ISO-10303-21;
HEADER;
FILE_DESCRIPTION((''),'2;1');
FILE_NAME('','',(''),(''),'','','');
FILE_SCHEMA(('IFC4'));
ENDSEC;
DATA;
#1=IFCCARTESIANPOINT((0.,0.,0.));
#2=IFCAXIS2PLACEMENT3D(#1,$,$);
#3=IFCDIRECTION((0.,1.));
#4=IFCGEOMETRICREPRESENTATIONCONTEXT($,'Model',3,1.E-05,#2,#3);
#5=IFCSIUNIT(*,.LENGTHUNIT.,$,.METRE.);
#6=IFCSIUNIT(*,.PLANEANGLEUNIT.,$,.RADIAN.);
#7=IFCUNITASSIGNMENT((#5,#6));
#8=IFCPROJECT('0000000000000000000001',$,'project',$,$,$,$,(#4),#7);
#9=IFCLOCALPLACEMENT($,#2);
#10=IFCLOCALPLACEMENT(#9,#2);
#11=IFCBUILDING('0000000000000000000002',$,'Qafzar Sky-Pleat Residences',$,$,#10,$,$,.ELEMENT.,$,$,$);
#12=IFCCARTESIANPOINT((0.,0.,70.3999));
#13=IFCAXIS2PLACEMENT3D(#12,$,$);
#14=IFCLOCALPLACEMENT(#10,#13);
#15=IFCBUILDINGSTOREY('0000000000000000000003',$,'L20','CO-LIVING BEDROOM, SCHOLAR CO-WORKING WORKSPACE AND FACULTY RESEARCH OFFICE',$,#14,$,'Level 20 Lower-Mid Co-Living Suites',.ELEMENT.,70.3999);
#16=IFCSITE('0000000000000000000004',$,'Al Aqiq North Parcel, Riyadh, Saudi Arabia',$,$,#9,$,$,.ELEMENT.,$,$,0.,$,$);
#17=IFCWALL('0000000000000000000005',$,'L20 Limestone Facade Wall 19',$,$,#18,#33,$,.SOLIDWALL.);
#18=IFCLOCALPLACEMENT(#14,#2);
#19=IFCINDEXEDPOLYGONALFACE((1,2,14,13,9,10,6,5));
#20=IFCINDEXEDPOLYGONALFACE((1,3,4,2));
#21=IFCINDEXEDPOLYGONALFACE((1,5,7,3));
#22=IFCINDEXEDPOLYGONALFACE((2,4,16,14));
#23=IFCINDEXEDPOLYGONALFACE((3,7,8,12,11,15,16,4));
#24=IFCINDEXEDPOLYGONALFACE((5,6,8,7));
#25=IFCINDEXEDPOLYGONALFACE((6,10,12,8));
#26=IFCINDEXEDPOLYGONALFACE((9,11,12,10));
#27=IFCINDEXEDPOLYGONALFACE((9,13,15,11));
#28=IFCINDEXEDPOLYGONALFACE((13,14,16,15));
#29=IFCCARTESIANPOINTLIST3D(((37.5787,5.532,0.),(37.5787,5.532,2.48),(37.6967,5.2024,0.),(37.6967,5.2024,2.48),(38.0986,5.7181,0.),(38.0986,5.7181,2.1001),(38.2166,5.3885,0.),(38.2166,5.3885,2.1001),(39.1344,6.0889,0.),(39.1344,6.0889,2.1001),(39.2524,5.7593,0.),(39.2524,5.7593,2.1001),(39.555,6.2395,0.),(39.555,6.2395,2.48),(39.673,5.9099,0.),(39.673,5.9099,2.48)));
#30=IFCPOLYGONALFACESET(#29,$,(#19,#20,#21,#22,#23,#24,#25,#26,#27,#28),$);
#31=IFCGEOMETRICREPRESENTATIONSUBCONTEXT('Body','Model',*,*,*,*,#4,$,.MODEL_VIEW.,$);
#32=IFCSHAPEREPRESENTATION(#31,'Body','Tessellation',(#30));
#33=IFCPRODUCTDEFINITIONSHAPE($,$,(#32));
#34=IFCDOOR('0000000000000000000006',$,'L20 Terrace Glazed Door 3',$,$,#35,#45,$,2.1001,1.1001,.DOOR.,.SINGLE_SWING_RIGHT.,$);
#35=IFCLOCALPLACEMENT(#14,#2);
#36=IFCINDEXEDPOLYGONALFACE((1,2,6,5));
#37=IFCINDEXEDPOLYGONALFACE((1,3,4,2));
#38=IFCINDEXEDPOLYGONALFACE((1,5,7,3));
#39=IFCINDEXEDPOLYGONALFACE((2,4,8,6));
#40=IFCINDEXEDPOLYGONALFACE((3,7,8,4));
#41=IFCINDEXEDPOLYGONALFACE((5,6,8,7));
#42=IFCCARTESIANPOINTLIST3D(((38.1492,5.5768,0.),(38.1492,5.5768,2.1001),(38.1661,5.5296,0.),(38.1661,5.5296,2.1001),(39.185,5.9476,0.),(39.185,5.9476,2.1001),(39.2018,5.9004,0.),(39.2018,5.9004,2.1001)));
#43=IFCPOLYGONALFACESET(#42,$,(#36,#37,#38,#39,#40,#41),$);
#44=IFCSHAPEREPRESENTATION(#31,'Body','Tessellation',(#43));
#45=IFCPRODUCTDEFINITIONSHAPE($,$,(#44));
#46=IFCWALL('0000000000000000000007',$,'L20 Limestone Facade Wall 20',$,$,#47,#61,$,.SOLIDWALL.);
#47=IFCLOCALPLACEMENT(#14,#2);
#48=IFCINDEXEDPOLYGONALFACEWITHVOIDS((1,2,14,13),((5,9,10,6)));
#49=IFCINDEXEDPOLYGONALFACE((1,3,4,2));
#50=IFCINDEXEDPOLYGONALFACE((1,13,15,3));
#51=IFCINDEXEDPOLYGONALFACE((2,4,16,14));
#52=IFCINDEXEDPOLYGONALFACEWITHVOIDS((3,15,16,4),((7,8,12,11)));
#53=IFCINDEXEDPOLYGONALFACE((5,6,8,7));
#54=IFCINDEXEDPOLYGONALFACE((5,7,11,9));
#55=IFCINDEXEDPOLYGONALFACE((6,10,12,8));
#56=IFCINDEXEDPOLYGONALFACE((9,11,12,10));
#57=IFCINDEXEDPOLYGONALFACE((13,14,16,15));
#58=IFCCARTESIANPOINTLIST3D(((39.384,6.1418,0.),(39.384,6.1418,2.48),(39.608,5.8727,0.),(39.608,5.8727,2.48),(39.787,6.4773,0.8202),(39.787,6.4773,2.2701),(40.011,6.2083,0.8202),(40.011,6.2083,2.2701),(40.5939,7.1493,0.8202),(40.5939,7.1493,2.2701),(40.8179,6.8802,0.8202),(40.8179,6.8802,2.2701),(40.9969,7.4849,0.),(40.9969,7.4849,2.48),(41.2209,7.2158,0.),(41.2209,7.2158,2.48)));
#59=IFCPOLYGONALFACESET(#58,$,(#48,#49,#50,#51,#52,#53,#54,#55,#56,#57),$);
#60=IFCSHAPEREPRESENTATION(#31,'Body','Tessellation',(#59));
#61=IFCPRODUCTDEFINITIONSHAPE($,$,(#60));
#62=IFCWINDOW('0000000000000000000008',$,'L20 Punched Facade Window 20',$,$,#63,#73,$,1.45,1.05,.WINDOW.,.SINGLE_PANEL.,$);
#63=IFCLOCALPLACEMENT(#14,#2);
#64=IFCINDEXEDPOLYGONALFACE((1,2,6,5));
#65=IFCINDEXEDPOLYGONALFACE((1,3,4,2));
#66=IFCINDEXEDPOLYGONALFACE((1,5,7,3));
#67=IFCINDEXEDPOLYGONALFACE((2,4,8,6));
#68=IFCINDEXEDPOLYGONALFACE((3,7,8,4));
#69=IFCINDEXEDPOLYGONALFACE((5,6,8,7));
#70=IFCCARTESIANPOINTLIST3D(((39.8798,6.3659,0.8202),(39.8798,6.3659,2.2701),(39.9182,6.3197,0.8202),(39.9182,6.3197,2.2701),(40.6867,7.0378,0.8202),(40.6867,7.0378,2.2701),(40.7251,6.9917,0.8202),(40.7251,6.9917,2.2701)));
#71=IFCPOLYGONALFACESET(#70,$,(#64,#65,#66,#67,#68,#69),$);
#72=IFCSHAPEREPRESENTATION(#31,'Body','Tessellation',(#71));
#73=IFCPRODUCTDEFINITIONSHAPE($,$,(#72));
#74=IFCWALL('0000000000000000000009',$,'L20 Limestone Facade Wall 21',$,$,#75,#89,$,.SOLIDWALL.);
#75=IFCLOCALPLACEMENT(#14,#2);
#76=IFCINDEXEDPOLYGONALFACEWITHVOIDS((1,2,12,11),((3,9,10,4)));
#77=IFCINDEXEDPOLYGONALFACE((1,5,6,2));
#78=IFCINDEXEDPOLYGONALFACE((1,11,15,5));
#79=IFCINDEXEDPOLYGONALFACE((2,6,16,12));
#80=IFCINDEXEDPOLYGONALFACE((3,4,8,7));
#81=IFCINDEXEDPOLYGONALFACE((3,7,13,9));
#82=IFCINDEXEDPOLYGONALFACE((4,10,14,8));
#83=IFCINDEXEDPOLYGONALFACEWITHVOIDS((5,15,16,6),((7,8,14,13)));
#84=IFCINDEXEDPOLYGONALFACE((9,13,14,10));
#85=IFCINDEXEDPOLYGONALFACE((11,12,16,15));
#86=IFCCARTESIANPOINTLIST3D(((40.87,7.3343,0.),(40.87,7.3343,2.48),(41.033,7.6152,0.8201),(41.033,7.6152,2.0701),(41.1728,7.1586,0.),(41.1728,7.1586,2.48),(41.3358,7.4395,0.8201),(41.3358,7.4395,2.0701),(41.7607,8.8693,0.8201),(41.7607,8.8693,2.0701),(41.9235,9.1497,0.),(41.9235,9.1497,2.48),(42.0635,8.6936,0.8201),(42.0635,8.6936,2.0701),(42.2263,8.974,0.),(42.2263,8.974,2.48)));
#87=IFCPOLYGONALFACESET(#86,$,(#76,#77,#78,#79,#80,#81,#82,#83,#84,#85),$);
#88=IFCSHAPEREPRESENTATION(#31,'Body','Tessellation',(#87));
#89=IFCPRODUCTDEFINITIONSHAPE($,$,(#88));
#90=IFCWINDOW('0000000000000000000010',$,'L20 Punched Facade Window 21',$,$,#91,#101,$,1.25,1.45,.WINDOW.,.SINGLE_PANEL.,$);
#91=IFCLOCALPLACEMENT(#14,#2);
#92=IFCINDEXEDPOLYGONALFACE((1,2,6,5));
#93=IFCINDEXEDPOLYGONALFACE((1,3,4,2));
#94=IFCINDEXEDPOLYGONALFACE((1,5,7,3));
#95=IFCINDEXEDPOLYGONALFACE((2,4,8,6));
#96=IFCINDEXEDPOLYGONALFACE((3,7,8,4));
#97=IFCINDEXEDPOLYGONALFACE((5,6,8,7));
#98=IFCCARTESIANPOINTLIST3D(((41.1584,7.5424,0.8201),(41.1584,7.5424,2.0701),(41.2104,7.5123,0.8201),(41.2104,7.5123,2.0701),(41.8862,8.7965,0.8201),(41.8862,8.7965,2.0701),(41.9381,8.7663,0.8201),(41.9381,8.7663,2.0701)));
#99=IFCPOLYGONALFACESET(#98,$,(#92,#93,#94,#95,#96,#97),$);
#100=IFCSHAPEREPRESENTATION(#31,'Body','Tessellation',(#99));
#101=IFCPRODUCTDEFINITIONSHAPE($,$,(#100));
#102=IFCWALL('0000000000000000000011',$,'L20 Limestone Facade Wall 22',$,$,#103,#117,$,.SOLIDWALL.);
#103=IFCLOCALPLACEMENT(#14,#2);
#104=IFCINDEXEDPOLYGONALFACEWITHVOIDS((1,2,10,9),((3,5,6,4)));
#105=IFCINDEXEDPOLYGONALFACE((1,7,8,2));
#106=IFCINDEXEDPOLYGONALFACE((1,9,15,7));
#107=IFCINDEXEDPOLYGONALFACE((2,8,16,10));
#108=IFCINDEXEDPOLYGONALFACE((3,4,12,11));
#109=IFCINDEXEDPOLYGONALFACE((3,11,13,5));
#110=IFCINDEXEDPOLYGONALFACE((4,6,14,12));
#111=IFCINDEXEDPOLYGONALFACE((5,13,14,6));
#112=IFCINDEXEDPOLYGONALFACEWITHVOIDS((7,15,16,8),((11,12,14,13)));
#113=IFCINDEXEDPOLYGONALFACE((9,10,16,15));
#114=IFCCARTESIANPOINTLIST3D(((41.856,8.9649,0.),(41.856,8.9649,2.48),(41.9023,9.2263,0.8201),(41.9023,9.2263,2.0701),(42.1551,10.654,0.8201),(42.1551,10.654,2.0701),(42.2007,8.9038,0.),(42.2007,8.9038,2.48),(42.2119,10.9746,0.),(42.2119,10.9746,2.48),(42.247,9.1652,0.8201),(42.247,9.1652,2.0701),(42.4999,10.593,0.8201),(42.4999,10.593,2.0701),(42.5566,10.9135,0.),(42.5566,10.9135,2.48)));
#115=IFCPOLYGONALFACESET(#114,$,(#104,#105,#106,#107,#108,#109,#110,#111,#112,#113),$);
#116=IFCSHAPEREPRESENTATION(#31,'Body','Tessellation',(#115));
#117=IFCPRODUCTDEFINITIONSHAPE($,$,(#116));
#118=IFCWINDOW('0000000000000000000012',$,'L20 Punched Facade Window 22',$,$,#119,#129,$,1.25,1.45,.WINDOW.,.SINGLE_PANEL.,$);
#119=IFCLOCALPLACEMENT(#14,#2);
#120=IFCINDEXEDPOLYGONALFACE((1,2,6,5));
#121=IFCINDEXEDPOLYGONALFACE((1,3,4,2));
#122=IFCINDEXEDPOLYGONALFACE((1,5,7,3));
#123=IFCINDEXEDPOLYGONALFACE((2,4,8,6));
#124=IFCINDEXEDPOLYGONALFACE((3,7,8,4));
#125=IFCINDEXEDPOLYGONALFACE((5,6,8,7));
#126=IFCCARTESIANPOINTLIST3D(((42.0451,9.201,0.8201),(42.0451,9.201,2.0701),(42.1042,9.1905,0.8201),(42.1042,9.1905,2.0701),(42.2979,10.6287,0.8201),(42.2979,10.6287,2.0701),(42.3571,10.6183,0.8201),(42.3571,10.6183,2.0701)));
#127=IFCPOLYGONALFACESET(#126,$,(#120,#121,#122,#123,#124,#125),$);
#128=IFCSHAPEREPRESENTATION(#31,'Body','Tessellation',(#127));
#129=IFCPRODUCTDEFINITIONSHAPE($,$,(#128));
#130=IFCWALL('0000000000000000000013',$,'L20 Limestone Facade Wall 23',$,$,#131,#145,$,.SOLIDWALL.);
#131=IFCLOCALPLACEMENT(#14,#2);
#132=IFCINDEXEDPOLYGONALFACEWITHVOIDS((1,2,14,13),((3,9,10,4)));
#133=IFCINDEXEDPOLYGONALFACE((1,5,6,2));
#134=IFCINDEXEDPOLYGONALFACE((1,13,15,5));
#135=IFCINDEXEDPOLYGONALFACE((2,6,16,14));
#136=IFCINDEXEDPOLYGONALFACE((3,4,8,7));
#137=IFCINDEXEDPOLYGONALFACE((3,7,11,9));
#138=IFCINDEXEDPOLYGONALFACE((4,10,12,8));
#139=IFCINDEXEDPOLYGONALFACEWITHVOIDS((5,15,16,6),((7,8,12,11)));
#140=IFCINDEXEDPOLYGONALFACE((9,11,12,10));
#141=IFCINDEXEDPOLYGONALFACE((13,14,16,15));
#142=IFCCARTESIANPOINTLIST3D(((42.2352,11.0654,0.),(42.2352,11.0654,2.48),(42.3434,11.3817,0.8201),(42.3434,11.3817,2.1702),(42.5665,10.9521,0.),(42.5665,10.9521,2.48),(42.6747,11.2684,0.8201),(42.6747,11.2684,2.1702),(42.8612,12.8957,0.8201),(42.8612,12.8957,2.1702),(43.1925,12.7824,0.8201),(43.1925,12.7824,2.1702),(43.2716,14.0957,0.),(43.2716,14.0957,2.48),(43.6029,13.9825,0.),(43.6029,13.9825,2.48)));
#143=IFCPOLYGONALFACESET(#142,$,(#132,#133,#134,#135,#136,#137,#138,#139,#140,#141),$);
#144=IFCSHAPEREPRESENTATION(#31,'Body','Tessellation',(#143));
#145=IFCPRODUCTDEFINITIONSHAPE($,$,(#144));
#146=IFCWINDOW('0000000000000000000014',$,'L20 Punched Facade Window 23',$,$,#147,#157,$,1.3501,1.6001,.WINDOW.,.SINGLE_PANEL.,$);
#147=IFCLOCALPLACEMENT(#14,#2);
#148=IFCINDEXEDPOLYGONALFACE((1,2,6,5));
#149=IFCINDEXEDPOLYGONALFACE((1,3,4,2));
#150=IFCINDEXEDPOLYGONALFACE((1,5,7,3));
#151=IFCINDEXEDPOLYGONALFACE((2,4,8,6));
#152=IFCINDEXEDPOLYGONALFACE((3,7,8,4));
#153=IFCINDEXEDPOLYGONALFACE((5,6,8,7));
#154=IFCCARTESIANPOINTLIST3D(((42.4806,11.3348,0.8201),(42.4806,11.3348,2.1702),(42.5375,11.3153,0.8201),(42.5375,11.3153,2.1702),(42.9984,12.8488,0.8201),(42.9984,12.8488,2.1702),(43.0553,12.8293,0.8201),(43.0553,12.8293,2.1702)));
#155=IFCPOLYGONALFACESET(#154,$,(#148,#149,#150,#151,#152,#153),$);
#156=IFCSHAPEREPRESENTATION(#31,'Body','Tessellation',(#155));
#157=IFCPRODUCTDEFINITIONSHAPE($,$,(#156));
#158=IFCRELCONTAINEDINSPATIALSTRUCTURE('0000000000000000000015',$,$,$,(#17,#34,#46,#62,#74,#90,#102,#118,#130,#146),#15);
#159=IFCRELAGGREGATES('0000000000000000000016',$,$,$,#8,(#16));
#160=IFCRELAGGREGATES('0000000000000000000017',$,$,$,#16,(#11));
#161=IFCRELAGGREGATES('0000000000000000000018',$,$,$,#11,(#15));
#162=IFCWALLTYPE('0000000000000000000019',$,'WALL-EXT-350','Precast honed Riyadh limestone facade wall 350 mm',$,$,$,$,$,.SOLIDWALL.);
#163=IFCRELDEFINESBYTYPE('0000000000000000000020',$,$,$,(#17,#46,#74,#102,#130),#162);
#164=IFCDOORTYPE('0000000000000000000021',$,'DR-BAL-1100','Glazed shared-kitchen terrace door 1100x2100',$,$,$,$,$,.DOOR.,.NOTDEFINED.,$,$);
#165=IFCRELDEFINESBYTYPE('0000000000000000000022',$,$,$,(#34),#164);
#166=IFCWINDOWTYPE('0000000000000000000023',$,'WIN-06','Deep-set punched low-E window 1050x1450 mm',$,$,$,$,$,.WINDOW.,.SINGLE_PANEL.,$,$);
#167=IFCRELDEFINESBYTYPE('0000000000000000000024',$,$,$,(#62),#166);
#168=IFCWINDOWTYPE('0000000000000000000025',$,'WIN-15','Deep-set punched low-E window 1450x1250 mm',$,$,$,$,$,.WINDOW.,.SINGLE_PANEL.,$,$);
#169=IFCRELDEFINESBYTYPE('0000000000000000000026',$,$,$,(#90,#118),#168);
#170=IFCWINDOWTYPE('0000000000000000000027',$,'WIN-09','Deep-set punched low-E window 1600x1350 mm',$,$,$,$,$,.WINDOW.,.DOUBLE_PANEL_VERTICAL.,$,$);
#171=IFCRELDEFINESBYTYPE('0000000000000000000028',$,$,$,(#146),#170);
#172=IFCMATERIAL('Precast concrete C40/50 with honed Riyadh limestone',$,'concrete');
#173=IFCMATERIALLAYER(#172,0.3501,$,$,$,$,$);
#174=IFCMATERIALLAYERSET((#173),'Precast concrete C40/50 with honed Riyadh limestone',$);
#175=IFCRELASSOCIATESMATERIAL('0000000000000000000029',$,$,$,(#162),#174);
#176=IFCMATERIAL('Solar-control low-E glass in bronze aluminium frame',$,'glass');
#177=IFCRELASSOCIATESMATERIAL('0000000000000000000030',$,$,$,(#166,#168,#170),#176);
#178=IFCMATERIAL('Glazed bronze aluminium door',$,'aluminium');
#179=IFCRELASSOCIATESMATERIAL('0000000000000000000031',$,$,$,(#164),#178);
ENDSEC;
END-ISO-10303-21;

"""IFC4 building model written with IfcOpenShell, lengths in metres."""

from ifc_helpers import new_model, si_unit, direction, frame, frame_2d, origin, place, context, subcontext, project, spatial, rectangle, extrude, source, transform, mapped, material, layer, layer_set, type_object, element, fill, save


model = new_model("IFC4")

# Units and contexts
model_context = context("Model", 3, precision=1e-05, world=origin(), true_north=direction((0.0, 1.0)))
body_context = subcontext(model_context, "Body", "Model", "MODEL_VIEW")
ifc_project = project(units=[si_unit("LENGTHUNIT", "METRE"), si_unit("PLANEANGLEUNIT", "RADIAN")], contexts=[model_context])

# Site, building, storey
site_placement = place(None, origin())
site = spatial("IfcSite", under=ifc_project, at=site_placement, Name="Al Aqiq North Parcel, Riyadh, Saudi Arabia", CompositionType="ELEMENT", RefElevation=0.0)
building_placement = place(site_placement, origin())
building = spatial("IfcBuilding", under=site, at=building_placement, Name="Qafzar Sky-Pleat Residences", CompositionType="ELEMENT")
storey_placement = place(building_placement, frame((0.0, 0.0, 70.3999)))
storey = spatial("IfcBuildingStorey", under=building, at=storey_placement, Name="L20", Description="CO-LIVING BEDROOM, SCHOLAR CO-WORKING WORKSPACE AND FACULTY RESEARCH OFFICE", LongName="Level 20 Lower-Mid Co-Living Suites", CompositionType="ELEMENT", Elevation=70.3999)

# Shared definitions
ifc_material_1 = material(Name="Precast concrete C40/50 with honed Riyadh limestone", Category="concrete")
ifc_layer_1 = layer(ifc_material_1, 0.3501)
ifc_layer_set_1 = layer_set([ifc_layer_1], Name="Precast concrete C40/50 with honed Riyadh limestone")
wall_type_1 = type_object("IfcWallType", Name="WALL-EXT-350", Description="Precast honed Riyadh limestone facade wall 350 mm", PredefinedType="SOLIDWALL", material=ifc_layer_set_1)
ifc_material_2 = material(Name="Solar-control low-E glass in bronze aluminium frame", Category="glass")
window_type_1 = type_object("IfcWindowType", Name="WIN-06", Description="Deep-set punched low-E window 1050x1450 mm", PartitioningType="SINGLE_PANEL", PredefinedType="WINDOW", material=ifc_material_2)
shared_shape_1 = source(origin(), body_context, "Body", "SweptSolid", [
    extrude(rectangle(XDim=1.05, YDim=1.45, at=frame_2d((0.5249, 0.7251))), frame((0.0, 0.03, 0.0), z_axis=(0.0, -1.0, 0.0), x_axis=(1.0, 0.0, 0.0)), (0.0, 0.0, 1.0), 0.0601),
])

# Wall, opening, door
wall_1_placement = place(storey_placement, frame((37.6377, 5.3672, 0.0), z_axis=(0.0, 0.0, 1.0), x_axis=(0.941486, 0.337051, 0.0)))
wall_1 = element("IfcWall", 1, at=wall_1_placement, inside=storey, type_object=wall_type_1, Name="L20 Limestone Facade Wall 19", PredefinedType="SOLIDWALL", context=body_context, shape_type="SweptSolid", body=[
    extrude(rectangle(XDim=2.0991, YDim=0.3501, at=frame_2d((1.0496, 0.0))), origin(), (0.0, 0.0, 1.0), 2.48),
])
opening_1_placement = place(wall_1_placement, frame((0.5522, 0.0, 0.0)))
opening_1 = element("IfcOpeningElement", 2, at=opening_1_placement, cuts=wall_1, PredefinedType="OPENING", context=body_context, shape_type="SweptSolid", body=[
    extrude(rectangle(XDim=1.1001, YDim=2.1001, at=frame_2d((0.55, 1.05))), frame((0.0, 0.1851, 0.0), z_axis=(0.0, -1.0, 0.0), x_axis=(1.0, 0.0, 0.0)), (0.0, 0.0, 1.0), 0.3701),
])
ifc_material_3 = material(Name="Glazed bronze aluminium door", Category="aluminium")
door_type_1 = type_object("IfcDoorType", Name="DR-BAL-1100", Description="Glazed shared-kitchen terrace door 1100x2100", OperationType="NOTDEFINED", PredefinedType="DOOR", material=ifc_material_3)
shared_shape_2 = source(origin(), body_context, "Body", "SweptSolid", [
    extrude(rectangle(XDim=1.1001, YDim=2.1001, at=frame_2d((0.55, 1.05))), frame((0.0, 0.0249, 0.0), z_axis=(0.0, -1.0, 0.0), x_axis=(1.0, 0.0, 0.0)), (0.0, 0.0, 1.0), 0.05),
])
door_1_placement = place(opening_1_placement, origin())
door_1 = element("IfcDoor", 3, at=door_1_placement, inside=storey, type_object=door_type_1, Name="L20 Terrace Glazed Door 3", OperationType="SINGLE_SWING_RIGHT", OverallHeight=2.1001, OverallWidth=1.1001, PredefinedType="DOOR", context=body_context, shape_type="MappedRepresentation", body=[
    mapped(shared_shape_2, transform((0.0, 0.0, 0.0), x_axis=(1.0, 0.0, 0.0), y_axis=(0.0, 1.0, 0.0), z_axis=(0.0, 0.0, 1.0), scale=1.0)),
])
fill(opening_1, door_1)

# Walls, openings, windows
wall_2_placement = place(storey_placement, frame((39.4961, 6.0073, 0.0), z_axis=(0.0, 0.0, 1.0), x_axis=(0.76845, 0.63991, 0.0)))
wall_2 = element("IfcWall", 4, at=wall_2_placement, inside=storey, type_object=wall_type_1, Name="L20 Limestone Facade Wall 20", PredefinedType="SOLIDWALL", context=body_context, shape_type="SweptSolid", body=[
    extrude(rectangle(XDim=2.0989, YDim=0.3501, at=frame_2d((1.0493, 0.0))), origin(), (0.0, 0.0, 1.0), 2.48),
])
opening_2_placement = place(wall_2_placement, frame((0.5244, 0.0, 0.8201)))
opening_2 = element("IfcOpeningElement", 5, at=opening_2_placement, cuts=wall_2, PredefinedType="OPENING", context=body_context, shape_type="SweptSolid", body=[
    extrude(rectangle(XDim=1.05, YDim=1.45, at=frame_2d((0.5249, 0.7251))), frame((0.0, 0.1851, 0.0), z_axis=(0.0, -1.0, 0.0), x_axis=(1.0, 0.0, 0.0)), (0.0, 0.0, 1.0), 0.3701),
])
window_1_placement = place(opening_2_placement, origin())
window_1 = element("IfcWindow", 6, at=window_1_placement, inside=storey, type_object=window_type_1, Name="L20 Punched Facade Window 20", OverallHeight=1.45, OverallWidth=1.05, PartitioningType="SINGLE_PANEL", PredefinedType="WINDOW", context=body_context, shape_type="MappedRepresentation", body=[
    mapped(shared_shape_1, transform((0.0, 0.0, 0.0), x_axis=(1.0, 0.0, 0.0), y_axis=(0.0, 1.0, 0.0), z_axis=(0.0, 0.0, 1.0), scale=1.0)),
])
fill(opening_2, window_1)
wall_3_placement = place(storey_placement, frame((41.0215, 7.2466, 0.0), z_axis=(0.0, 0.0, 1.0), x_axis=(0.501903, 0.864924, 0.0)))
wall_3 = element("IfcWall", 7, at=wall_3_placement, inside=storey, type_object=wall_type_1, Name="L20 Limestone Facade Wall 21", PredefinedType="SOLIDWALL", context=body_context, shape_type="SweptSolid", body=[
    extrude(rectangle(XDim=2.0989, YDim=0.3501, at=frame_2d((1.0493, 0.0))), origin(), (0.0, 0.0, 1.0), 2.48),
])
opening_3_placement = place(wall_3_placement, frame((0.3245, 0.0, 0.8201)))
opening_3 = element("IfcOpeningElement", 8, at=opening_3_placement, cuts=wall_3, PredefinedType="OPENING", context=body_context, shape_type="SweptSolid", body=[
    extrude(rectangle(XDim=1.45, YDim=1.25, at=frame_2d((0.7251, 0.625))), frame((0.0, 0.1851, 0.0), z_axis=(0.0, -1.0, 0.0), x_axis=(1.0, 0.0, 0.0)), (0.0, 0.0, 1.0), 0.3701),
])
window_type_2 = type_object("IfcWindowType", Name="WIN-15", Description="Deep-set punched low-E window 1450x1250 mm", PartitioningType="SINGLE_PANEL", PredefinedType="WINDOW", material=ifc_material_2)
shared_shape_3 = source(origin(), body_context, "Body", "SweptSolid", [
    extrude(rectangle(XDim=1.45, YDim=1.25, at=frame_2d((0.7251, 0.625))), frame((0.0, 0.03, 0.0), z_axis=(0.0, -1.0, 0.0), x_axis=(1.0, 0.0, 0.0)), (0.0, 0.0, 1.0), 0.0601),
])
window_2_placement = place(opening_3_placement, origin())
window_2 = element("IfcWindow", 9, at=window_2_placement, inside=storey, type_object=window_type_2, Name="L20 Punched Facade Window 21", OverallHeight=1.25, OverallWidth=1.45, PartitioningType="SINGLE_PANEL", PredefinedType="WINDOW", context=body_context, shape_type="MappedRepresentation", body=[
    mapped(shared_shape_3, transform((0.0, 0.0, 0.0), x_axis=(1.0, 0.0, 0.0), y_axis=(0.0, 1.0, 0.0), z_axis=(0.0, 0.0, 1.0), scale=1.0)),
])
fill(opening_3, window_2)
wall_4_placement = place(storey_placement, frame((42.0283, 8.9343, 0.0), z_axis=(0.0, 0.0, 1.0), x_axis=(0.174399, 0.984675, 0.0)))
wall_4 = element("IfcWall", 10, at=wall_4_placement, inside=storey, type_object=wall_type_1, Name="L20 Limestone Facade Wall 22", PredefinedType="SOLIDWALL", context=body_context, shape_type="SweptSolid", body=[
    extrude(rectangle(XDim=2.041, YDim=0.3501, at=frame_2d((1.0205, 0.0))), origin(), (0.0, 0.0, 1.0), 2.48),
])
opening_4_placement = place(wall_4_placement, frame((0.2654, 0.0, 0.8201)))
opening_4 = element("IfcOpeningElement", 11, at=opening_4_placement, cuts=wall_4, PredefinedType="OPENING", context=body_context, shape_type="SweptSolid", body=[
    extrude(rectangle(XDim=1.45, YDim=1.25, at=frame_2d((0.7251, 0.625))), frame((0.0, 0.1851, 0.0), z_axis=(0.0, -1.0, 0.0), x_axis=(1.0, 0.0, 0.0)), (0.0, 0.0, 1.0), 0.3701),
])
window_3_placement = place(opening_4_placement, origin())
window_3 = element("IfcWindow", 12, at=window_3_placement, inside=storey, type_object=window_type_2, Name="L20 Punched Facade Window 22", OverallHeight=1.25, OverallWidth=1.45, PartitioningType="SINGLE_PANEL", PredefinedType="WINDOW", context=body_context, shape_type="MappedRepresentation", body=[
    mapped(shared_shape_3, transform((0.0, 0.0, 0.0), x_axis=(1.0, 0.0, 0.0), y_axis=(0.0, 1.0, 0.0), z_axis=(0.0, 0.0, 1.0), scale=1.0)),
])
fill(opening_4, window_3)
wall_5_placement = place(storey_placement, frame((42.4009, 11.0088, 0.0), z_axis=(0.0, 0.0, 1.0), x_axis=(0.323605, 0.946192, 0.0)))
wall_5 = element("IfcWall", 13, at=wall_5_placement, inside=storey, type_object=wall_type_1, Name="L20 Limestone Facade Wall 23", PredefinedType="SOLIDWALL", context=body_context, shape_type="SweptSolid", body=[
    extrude(rectangle(XDim=3.2026, YDim=0.3501, at=frame_2d((1.6013, 0.0))), origin(), (0.0, 0.0, 1.0), 2.48),
])
opening_5_placement = place(wall_5_placement, frame((0.3342, 0.0, 0.8201)))
opening_5 = element("IfcOpeningElement", 14, at=opening_5_placement, cuts=wall_5, PredefinedType="OPENING", context=body_context, shape_type="SweptSolid", body=[
    extrude(rectangle(XDim=1.6001, YDim=1.3501, at=frame_2d((0.8, 0.675))), frame((0.0, 0.1851, 0.0), z_axis=(0.0, -1.0, 0.0), x_axis=(1.0, 0.0, 0.0)), (0.0, 0.0, 1.0), 0.3701),
])
window_type_3 = type_object("IfcWindowType", Name="WIN-09", Description="Deep-set punched low-E window 1600x1350 mm", PartitioningType="DOUBLE_PANEL_VERTICAL", PredefinedType="WINDOW", material=ifc_material_2)
shared_shape_4 = source(origin(), body_context, "Body", "SweptSolid", [
    extrude(rectangle(XDim=1.6001, YDim=1.3501, at=frame_2d((0.8, 0.675))), frame((0.0, 0.03, 0.0), z_axis=(0.0, -1.0, 0.0), x_axis=(1.0, 0.0, 0.0)), (0.0, 0.0, 1.0), 0.0601),
])
window_4_placement = place(opening_5_placement, origin())
window_4 = element("IfcWindow", 15, at=window_4_placement, inside=storey, type_object=window_type_3, Name="L20 Punched Facade Window 23", OverallHeight=1.3501, OverallWidth=1.6001, PartitioningType="SINGLE_PANEL", PredefinedType="WINDOW", context=body_context, shape_type="MappedRepresentation", body=[
    mapped(shared_shape_4, transform((0.0, 0.0, 0.0), x_axis=(1.0, 0.0, 0.0), y_axis=(0.0, 1.0, 0.0), z_axis=(0.0, 0.0, 1.0), scale=1.0)),
])
fill(opening_5, window_4)

save(model, "model.ifc")
